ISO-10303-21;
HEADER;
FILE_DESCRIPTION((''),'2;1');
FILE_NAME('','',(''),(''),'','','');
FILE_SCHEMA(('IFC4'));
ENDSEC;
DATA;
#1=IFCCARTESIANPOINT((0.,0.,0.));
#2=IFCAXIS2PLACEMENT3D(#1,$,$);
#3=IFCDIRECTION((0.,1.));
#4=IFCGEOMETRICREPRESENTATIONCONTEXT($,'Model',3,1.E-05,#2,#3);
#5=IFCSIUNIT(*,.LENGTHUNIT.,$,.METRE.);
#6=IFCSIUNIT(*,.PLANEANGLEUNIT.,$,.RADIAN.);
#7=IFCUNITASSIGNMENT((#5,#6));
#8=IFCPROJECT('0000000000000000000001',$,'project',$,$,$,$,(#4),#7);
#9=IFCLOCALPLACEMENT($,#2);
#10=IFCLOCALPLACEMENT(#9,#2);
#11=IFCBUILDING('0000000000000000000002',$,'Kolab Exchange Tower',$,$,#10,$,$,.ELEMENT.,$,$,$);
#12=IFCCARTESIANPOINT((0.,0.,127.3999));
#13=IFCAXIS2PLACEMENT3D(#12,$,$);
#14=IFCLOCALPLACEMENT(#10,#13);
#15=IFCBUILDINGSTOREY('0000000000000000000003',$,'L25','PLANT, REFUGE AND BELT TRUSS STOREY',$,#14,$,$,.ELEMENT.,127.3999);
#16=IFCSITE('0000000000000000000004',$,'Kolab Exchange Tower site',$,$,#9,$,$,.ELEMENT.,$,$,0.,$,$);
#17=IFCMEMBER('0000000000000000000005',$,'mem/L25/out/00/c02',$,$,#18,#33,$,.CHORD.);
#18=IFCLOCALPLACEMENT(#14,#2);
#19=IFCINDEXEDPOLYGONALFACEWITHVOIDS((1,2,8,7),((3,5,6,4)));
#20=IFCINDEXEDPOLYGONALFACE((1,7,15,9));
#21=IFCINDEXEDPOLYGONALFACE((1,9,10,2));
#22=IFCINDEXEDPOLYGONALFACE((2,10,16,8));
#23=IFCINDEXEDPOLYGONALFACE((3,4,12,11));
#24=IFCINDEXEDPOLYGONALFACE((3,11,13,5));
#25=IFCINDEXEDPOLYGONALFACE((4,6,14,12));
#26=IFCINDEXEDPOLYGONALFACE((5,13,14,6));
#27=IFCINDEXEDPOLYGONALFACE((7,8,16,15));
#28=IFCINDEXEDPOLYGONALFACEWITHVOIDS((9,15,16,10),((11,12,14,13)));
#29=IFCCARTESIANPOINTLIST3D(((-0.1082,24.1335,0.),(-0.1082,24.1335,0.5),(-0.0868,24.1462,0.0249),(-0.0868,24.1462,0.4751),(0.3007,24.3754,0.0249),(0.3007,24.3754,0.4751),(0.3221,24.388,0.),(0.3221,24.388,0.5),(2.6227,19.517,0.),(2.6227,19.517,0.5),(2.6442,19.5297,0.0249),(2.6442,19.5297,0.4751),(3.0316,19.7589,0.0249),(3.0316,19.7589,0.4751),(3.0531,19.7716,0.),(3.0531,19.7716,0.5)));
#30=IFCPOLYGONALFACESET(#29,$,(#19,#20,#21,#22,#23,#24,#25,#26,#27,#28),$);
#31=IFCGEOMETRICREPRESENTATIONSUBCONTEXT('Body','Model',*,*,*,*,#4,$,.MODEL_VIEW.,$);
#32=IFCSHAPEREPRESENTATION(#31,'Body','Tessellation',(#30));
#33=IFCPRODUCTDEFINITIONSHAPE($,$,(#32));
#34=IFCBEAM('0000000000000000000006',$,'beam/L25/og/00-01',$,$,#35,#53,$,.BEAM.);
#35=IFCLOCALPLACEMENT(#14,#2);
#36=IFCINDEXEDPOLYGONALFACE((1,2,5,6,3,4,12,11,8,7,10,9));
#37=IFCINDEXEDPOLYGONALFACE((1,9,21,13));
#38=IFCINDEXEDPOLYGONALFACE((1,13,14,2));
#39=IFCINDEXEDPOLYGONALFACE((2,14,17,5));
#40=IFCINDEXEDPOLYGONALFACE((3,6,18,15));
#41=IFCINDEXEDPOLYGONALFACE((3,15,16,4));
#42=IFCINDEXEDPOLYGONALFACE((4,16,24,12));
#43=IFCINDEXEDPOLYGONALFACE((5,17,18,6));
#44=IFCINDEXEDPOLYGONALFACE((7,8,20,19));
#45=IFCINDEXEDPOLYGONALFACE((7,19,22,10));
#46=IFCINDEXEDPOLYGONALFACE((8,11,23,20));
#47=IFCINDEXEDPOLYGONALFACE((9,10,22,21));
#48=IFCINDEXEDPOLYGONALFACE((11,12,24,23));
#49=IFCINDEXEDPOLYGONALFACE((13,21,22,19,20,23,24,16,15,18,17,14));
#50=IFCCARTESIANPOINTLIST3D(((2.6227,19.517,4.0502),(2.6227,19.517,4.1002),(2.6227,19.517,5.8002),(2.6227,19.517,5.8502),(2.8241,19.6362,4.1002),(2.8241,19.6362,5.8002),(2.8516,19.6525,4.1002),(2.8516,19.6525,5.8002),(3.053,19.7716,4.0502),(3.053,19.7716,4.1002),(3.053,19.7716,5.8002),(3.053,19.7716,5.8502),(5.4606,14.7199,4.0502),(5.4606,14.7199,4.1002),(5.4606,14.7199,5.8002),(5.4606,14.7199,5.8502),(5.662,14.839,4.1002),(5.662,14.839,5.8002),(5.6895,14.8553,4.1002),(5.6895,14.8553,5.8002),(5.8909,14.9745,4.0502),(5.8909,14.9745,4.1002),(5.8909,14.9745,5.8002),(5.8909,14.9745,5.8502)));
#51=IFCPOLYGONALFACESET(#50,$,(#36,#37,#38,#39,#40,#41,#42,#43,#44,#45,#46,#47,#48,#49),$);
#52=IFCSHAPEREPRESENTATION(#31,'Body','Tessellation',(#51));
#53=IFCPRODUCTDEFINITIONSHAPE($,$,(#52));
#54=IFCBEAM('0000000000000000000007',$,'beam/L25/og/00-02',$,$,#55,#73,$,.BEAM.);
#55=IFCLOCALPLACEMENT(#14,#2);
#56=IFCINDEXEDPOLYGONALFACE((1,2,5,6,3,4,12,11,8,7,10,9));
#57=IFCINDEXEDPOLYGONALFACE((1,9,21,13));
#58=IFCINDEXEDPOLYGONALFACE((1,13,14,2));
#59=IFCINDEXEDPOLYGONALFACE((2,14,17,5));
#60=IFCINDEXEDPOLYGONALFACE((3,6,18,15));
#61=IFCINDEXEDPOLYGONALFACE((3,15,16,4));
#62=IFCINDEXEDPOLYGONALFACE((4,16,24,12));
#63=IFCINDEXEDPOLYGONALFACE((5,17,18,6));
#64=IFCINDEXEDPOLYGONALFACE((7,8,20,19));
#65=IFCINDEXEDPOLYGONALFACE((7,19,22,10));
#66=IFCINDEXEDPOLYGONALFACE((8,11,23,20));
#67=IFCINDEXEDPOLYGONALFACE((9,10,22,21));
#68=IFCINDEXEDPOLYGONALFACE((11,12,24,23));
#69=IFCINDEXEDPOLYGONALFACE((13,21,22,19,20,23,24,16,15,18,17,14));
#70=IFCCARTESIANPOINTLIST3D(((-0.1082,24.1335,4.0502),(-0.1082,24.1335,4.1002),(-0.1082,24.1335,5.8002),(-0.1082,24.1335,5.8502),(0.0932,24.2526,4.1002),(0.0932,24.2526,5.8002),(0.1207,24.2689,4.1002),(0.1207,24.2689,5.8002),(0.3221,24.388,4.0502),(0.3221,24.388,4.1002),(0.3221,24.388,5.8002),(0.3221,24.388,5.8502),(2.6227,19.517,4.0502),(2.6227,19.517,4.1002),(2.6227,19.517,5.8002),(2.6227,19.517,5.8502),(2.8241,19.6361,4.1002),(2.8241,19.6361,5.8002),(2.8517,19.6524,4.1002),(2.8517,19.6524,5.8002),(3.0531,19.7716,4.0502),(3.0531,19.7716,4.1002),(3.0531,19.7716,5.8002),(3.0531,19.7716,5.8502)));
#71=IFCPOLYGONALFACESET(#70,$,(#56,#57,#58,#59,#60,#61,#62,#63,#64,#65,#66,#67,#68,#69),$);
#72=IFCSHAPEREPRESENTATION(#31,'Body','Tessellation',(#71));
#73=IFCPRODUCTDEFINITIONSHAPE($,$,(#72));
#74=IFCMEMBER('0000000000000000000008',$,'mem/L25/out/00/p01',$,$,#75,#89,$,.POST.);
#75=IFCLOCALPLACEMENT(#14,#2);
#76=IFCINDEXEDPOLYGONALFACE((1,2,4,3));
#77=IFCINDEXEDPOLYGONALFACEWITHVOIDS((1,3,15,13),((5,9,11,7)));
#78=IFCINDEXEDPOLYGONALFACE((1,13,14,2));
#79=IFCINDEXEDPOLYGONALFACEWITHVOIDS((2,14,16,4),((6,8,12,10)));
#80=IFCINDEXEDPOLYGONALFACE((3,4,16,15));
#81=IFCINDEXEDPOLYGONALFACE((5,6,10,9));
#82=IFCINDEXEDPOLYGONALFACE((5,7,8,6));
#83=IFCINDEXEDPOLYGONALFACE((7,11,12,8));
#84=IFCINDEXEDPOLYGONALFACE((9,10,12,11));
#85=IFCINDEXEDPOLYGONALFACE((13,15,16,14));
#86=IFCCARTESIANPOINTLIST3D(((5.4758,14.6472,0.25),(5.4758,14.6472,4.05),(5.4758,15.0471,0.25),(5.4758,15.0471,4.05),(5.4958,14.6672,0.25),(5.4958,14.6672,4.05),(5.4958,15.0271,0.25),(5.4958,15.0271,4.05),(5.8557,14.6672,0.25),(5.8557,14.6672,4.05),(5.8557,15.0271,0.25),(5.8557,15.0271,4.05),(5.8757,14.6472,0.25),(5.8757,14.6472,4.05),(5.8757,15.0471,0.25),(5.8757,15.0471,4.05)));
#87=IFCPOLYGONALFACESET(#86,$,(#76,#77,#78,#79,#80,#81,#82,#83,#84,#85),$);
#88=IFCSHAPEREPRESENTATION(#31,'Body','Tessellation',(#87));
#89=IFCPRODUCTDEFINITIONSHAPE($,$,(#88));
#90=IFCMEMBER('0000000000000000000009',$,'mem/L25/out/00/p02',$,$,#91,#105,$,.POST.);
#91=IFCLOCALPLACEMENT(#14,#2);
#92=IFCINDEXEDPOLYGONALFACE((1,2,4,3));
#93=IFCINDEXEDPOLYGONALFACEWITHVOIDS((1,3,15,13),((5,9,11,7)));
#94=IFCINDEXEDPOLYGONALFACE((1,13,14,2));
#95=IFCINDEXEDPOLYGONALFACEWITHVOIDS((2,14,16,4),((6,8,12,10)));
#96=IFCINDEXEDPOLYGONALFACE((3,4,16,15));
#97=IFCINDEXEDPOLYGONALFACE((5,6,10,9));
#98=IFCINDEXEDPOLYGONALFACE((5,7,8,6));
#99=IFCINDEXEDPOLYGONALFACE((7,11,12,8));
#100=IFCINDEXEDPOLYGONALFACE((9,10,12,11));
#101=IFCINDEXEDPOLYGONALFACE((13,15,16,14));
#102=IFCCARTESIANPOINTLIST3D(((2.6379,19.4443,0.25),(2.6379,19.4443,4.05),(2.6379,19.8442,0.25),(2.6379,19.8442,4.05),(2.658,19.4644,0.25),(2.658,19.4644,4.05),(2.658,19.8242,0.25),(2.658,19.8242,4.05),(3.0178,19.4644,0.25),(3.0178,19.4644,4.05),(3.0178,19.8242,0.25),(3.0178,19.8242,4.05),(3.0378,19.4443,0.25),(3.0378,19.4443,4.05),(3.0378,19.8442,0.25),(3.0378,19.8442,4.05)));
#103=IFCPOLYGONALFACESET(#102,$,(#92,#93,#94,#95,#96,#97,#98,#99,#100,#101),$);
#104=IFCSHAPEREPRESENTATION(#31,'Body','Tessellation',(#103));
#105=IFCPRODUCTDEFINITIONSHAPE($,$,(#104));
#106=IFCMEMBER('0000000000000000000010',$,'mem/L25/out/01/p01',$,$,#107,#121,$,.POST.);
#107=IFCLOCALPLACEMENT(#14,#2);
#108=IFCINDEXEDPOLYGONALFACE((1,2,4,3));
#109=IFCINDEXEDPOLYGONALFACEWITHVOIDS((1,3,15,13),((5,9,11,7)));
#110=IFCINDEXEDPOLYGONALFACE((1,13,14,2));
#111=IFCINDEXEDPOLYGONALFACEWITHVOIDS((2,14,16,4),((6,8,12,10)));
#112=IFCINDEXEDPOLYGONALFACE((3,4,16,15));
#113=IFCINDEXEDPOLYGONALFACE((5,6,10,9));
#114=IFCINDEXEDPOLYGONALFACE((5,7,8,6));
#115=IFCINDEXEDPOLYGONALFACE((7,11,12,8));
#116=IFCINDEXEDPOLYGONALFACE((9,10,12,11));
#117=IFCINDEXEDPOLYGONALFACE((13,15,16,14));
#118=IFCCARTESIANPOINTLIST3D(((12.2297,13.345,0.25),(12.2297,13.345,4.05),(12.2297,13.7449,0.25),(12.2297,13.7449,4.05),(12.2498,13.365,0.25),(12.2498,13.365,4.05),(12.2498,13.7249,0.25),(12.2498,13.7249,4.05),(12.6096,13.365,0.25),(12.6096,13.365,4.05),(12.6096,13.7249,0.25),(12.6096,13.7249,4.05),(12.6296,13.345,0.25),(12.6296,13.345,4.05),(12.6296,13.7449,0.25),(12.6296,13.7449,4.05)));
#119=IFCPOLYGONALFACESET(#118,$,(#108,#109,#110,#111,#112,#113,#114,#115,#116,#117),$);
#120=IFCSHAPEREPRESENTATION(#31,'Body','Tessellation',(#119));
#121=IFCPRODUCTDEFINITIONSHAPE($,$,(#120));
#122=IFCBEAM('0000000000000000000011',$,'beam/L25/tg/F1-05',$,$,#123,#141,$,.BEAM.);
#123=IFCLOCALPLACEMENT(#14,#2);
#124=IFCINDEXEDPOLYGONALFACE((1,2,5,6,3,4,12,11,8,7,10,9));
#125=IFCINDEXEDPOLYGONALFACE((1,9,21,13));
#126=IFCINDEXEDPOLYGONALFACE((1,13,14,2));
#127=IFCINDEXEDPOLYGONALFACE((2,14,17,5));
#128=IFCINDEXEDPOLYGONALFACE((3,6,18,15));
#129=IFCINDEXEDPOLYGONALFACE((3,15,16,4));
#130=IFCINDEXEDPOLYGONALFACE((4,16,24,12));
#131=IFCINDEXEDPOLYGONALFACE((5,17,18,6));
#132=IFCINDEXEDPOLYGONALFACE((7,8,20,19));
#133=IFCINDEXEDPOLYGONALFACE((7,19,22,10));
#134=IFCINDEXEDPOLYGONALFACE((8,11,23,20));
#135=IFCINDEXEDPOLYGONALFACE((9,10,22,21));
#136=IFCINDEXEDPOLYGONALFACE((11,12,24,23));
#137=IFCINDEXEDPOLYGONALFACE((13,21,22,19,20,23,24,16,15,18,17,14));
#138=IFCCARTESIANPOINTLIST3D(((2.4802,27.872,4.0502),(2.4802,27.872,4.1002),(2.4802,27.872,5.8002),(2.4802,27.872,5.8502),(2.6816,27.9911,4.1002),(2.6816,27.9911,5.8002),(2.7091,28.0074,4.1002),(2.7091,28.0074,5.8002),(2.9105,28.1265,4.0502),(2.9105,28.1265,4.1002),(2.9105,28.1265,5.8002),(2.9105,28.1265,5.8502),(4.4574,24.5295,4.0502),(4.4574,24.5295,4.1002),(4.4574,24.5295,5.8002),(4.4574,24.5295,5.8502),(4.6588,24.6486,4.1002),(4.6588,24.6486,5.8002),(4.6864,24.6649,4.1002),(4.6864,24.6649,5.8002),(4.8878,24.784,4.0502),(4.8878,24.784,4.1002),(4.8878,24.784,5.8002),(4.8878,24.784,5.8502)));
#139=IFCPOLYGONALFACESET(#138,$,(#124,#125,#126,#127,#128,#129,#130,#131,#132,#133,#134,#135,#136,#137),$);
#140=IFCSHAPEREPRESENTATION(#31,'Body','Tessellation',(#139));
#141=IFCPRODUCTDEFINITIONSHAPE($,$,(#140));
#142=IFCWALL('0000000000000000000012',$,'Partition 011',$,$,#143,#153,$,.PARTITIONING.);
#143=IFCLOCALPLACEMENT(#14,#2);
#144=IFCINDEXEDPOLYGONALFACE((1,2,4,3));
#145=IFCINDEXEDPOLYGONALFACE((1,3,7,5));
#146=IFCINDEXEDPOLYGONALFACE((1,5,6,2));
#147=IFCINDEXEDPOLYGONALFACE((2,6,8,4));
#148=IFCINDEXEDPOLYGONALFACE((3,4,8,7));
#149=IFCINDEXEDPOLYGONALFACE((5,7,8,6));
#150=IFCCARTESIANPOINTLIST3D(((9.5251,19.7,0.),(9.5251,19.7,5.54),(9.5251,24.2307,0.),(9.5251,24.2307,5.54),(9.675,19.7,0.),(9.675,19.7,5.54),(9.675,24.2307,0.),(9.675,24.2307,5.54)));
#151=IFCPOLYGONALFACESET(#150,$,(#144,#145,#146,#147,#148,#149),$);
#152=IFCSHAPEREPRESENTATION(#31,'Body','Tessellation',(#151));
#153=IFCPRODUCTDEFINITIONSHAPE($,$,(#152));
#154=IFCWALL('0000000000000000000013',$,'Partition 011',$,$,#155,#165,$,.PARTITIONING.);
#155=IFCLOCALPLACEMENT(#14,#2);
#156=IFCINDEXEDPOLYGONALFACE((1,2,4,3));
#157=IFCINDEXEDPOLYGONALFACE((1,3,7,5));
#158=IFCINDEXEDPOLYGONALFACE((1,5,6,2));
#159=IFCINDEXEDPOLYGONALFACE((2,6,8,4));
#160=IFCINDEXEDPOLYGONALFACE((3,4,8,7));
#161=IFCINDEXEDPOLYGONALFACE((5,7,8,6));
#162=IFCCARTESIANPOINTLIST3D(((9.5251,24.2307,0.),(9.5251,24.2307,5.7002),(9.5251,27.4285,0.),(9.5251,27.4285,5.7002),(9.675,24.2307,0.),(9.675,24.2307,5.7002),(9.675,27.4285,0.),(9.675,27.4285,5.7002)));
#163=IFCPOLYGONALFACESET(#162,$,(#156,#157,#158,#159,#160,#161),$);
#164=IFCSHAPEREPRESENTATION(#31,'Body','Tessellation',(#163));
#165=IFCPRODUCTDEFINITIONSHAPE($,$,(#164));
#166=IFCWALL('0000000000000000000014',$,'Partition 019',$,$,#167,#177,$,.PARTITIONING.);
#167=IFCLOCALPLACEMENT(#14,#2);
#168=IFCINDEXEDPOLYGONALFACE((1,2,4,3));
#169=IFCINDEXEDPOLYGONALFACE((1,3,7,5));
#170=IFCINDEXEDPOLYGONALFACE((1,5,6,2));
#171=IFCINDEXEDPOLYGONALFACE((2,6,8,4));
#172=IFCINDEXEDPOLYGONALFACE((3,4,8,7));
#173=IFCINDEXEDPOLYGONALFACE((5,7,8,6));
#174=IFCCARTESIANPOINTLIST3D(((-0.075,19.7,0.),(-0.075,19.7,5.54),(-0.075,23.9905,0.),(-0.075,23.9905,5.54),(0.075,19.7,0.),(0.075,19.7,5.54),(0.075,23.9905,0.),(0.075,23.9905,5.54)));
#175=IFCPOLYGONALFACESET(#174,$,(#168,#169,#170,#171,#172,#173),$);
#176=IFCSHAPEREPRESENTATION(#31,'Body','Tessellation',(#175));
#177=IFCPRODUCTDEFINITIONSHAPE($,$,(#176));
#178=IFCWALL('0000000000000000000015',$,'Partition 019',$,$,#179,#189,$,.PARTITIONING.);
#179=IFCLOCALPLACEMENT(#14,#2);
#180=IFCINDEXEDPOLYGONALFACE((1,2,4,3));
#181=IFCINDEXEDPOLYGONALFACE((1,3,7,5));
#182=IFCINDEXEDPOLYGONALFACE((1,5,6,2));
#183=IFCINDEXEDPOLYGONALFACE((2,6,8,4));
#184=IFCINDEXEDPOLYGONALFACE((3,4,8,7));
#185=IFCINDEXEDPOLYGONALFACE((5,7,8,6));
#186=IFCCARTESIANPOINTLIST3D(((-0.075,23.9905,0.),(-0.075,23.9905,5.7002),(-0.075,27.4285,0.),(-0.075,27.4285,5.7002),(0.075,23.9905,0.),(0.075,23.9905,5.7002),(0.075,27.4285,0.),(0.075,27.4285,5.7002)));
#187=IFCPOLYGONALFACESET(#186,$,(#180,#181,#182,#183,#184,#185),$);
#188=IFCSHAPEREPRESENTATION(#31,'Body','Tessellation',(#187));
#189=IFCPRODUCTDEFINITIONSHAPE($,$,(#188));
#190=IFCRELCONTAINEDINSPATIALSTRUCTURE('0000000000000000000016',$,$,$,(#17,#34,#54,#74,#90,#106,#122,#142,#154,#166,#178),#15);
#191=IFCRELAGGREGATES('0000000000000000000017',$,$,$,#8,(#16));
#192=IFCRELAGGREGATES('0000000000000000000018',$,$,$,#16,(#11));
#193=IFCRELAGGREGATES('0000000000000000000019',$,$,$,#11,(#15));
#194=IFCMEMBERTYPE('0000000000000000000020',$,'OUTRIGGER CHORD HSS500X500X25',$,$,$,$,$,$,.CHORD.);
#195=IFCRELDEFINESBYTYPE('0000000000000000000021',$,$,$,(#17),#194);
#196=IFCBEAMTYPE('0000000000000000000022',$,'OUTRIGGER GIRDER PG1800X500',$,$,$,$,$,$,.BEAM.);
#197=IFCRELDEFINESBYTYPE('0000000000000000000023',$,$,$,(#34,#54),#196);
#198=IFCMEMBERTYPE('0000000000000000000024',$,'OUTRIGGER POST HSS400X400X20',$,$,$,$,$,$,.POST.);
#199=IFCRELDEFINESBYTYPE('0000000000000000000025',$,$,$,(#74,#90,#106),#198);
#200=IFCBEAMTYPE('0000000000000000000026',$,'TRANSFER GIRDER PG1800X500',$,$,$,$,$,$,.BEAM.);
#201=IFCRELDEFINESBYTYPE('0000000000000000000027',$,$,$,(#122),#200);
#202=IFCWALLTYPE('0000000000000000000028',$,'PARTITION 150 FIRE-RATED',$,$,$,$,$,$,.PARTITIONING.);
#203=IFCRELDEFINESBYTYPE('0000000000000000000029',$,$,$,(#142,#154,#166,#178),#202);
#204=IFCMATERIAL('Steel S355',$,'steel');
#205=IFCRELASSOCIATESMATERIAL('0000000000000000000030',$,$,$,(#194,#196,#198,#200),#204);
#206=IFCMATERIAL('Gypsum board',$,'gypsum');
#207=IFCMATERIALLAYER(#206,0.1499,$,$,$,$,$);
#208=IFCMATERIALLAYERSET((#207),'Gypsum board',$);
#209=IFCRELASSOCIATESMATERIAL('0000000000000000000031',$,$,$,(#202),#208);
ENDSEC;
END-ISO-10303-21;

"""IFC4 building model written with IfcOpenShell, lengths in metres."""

from ifc_helpers import new_model, si_unit, direction, frame, frame_2d, origin, origin_2d, place, context, subcontext, project, spatial, rectangle, hollow_rectangle, i_section, extrude, material, layer, layer_set, material_profile, profile_set, type_object, element, save


model = new_model("IFC4")

# Units and contexts
model_context = context("Model", 3, precision=1e-05, world=origin(), true_north=direction((0.0, 1.0)))
body_context = subcontext(model_context, "Body", "Model", "MODEL_VIEW")
ifc_project = project(units=[si_unit("LENGTHUNIT", "METRE"), si_unit("PLANEANGLEUNIT", "RADIAN")], contexts=[model_context])

# Site, building, storey
site_placement = place(None, origin())
site = spatial("IfcSite", under=ifc_project, at=site_placement, Name="Kolab Exchange Tower site", CompositionType="ELEMENT", RefElevation=0.0)
building_placement = place(site_placement, origin())
building = spatial("IfcBuilding", under=site, at=building_placement, Name="Kolab Exchange Tower", CompositionType="ELEMENT")
storey_placement = place(building_placement, frame((0.0, 0.0, 127.3999)))
storey = spatial("IfcBuildingStorey", under=building, at=storey_placement, Name="L25", Description="PLANT, REFUGE AND BELT TRUSS STOREY", CompositionType="ELEMENT", Elevation=127.3999)

# Shared definitions
ifc_material_1 = material(Name="Steel S355", Category="steel")

# Member
ifc_material_profile_1 = material_profile(ifc_material_1, hollow_rectangle(XDim=0.5, YDim=0.5, WallThickness=0.0249, at=origin_2d()), Name="HSS500X500X25")
ifc_profile_set_1 = profile_set([ifc_material_profile_1], Name="Steel S355")
member_type_1 = type_object("IfcMemberType", Name="OUTRIGGER CHORD HSS500X500X25", PredefinedType="CHORD", material=ifc_profile_set_1)
member_1_placement = place(storey_placement, frame((2.8379, 19.6443, 0.25), z_axis=(-0.509151, 0.860677, 0.0), x_axis=(-0.860677, -0.509151, 0.0)))
element("IfcMember", 1, at=member_1_placement, inside=storey, type_object=member_type_1, Name="mem/L25/out/00/c02", PredefinedType="CHORD", context=body_context, shape_type="SweptSolid", body=[
    extrude(hollow_rectangle(XDim=0.5, YDim=0.5, WallThickness=0.0249, at=origin_2d()), origin(), (0.0, 0.0, 1.0), 5.3638),
])

# Beams
ifc_material_profile_2 = material_profile(ifc_material_1, i_section(OverallWidth=0.5, OverallDepth=1.8, WebThickness=0.032, FlangeThickness=0.05, at=origin_2d()), Name="PG1800X500")
ifc_profile_set_2 = profile_set([ifc_material_profile_2], Name="Steel S355")
beam_type_1 = type_object("IfcBeamType", Name="OUTRIGGER GIRDER PG1800X500", PredefinedType="BEAM", material=ifc_profile_set_2)
beam_1_placement = place(storey_placement, frame((5.6758, 14.8472, 4.9502), z_axis=(-0.509159, 0.860673, 0.0), x_axis=(-0.860673, -0.509159, 0.0)))
element("IfcBeam", 2, at=beam_1_placement, inside=storey, type_object=beam_type_1, Name="beam/L25/og/00-01", PredefinedType="BEAM", context=body_context, shape_type="SweptSolid", body=[
    extrude(i_section(OverallWidth=0.5, OverallDepth=1.8, WebThickness=0.032, FlangeThickness=0.05, at=origin_2d()), origin(), (0.0, 0.0, 1.0), 5.5737),
])
beam_2_placement = place(storey_placement, frame((2.8379, 19.6443, 4.9502), z_axis=(-0.509151, 0.860677, 0.0), x_axis=(-0.860677, -0.509151, 0.0)))
element("IfcBeam", 3, at=beam_2_placement, inside=storey, type_object=beam_type_1, Name="beam/L25/og/00-02", PredefinedType="BEAM", context=body_context, shape_type="SweptSolid", body=[
    extrude(i_section(OverallWidth=0.5, OverallDepth=1.8, WebThickness=0.032, FlangeThickness=0.05, at=origin_2d()), origin(), (0.0, 0.0, 1.0), 5.3638),
])

# Members
ifc_material_profile_3 = material_profile(ifc_material_1, hollow_rectangle(XDim=0.3999, YDim=0.3999, WallThickness=0.02, at=origin_2d()), Name="HSS400X400X20")
ifc_profile_set_3 = profile_set([ifc_material_profile_3], Name="Steel S355")
member_type_2 = type_object("IfcMemberType", Name="OUTRIGGER POST HSS400X400X20", PredefinedType="POST", material=ifc_profile_set_3)
for number, where, z_axis, x_axis, name in (
    (4, (5.6758, 14.8472, 0.25), (0.0, 0.0, 1.0), (1.0, 0.0, 0.0), "mem/L25/out/00/p01"),
    (5, (2.8379, 19.6443, 0.25), (0.0, 0.0, 1.0), (1.0, 0.0, 0.0), "mem/L25/out/00/p02"),
    (6, (12.4297, 13.5449, 0.25), (0.0, 0.0, 1.0), (1.0, 0.0, 0.0), "mem/L25/out/01/p01"),
):
    element("IfcMember", number, at=place(storey_placement, frame(where, z_axis=z_axis, x_axis=x_axis)), inside=storey, type_object=member_type_2, Name=name, PredefinedType="POST", context=body_context, shape_type="SweptSolid", body=[
        extrude(hollow_rectangle(XDim=0.3999, YDim=0.3999, WallThickness=0.02, at=origin_2d()), origin(), (0.0, 0.0, 1.0), 3.8),
    ])

# Beam
ifc_material_profile_4 = material_profile(ifc_material_1, i_section(OverallWidth=0.5, OverallDepth=1.8, WebThickness=0.032, FlangeThickness=0.05, at=origin_2d()), Name="PG1800X500")
ifc_profile_set_4 = profile_set([ifc_material_profile_4], Name="Steel S355")
beam_type_2 = type_object("IfcBeamType", Name="TRANSFER GIRDER PG1800X500", PredefinedType="BEAM", material=ifc_profile_set_4)
beam_3_placement = place(storey_placement, frame((4.6726, 24.6567, 4.9502), z_axis=(-0.509142, 0.860682, 0.0), x_axis=(-0.860682, -0.509142, 0.0)))
element("IfcBeam", 7, at=beam_3_placement, inside=storey, type_object=beam_type_2, Name="beam/L25/tg/F1-05", PredefinedType="BEAM", context=body_context, shape_type="SweptSolid", body=[
    extrude(i_section(OverallWidth=0.5, OverallDepth=1.8, WebThickness=0.032, FlangeThickness=0.05, at=origin_2d()), origin(), (0.0, 0.0, 1.0), 3.8835),
])

# Walls
ifc_material_2 = material(Name="Gypsum board", Category="gypsum")
ifc_layer = layer(ifc_material_2, 0.1499)
ifc_layer_set = layer_set([ifc_layer], Name="Gypsum board")
wall_type = type_object("IfcWallType", Name="PARTITION 150 FIRE-RATED", PredefinedType="PARTITIONING", material=ifc_layer_set)
wall_1_placement = place(storey_placement, frame((9.6001, 19.7, 0.0), z_axis=(0.0, 0.0, 1.0), x_axis=(0.0, 1.0, 0.0)))
element("IfcWall", 8, at=wall_1_placement, inside=storey, type_object=wall_type, Name="Partition 011", PredefinedType="PARTITIONING", context=body_context, shape_type="SweptSolid", body=[
    extrude(rectangle(XDim=4.5308, YDim=0.1499, at=frame_2d((2.2654, 0.0))), origin(), (0.0, 0.0, 1.0), 5.54),
])
wall_2_placement = place(storey_placement, frame((9.6001, 24.2307, 0.0), z_axis=(0.0, 0.0, 1.0), x_axis=(0.0, 1.0, 0.0)))
element("IfcWall", 9, at=wall_2_placement, inside=storey, type_object=wall_type, Name="Partition 011", PredefinedType="PARTITIONING", context=body_context, shape_type="SweptSolid", body=[
    extrude(rectangle(XDim=3.1978, YDim=0.1499, at=frame_2d((1.5989, 0.0))), origin(), (0.0, 0.0, 1.0), 5.7002),
])
wall_3_placement = place(storey_placement, frame((0.0, 19.7, 0.0), z_axis=(0.0, 0.0, 1.0), x_axis=(0.0, 1.0, 0.0)))
element("IfcWall", 10, at=wall_3_placement, inside=storey, type_object=wall_type, Name="Partition 019", PredefinedType="PARTITIONING", context=body_context, shape_type="SweptSolid", body=[
    extrude(rectangle(XDim=4.2905, YDim=0.1499, at=frame_2d((2.1453, 0.0))), origin(), (0.0, 0.0, 1.0), 5.54),
])
wall_4_placement = place(storey_placement, frame((0.0, 23.9905, 0.0), z_axis=(0.0, 0.0, 1.0), x_axis=(0.0, 1.0, 0.0)))
element("IfcWall", 11, at=wall_4_placement, inside=storey, type_object=wall_type, Name="Partition 019", PredefinedType="PARTITIONING", context=body_context, shape_type="SweptSolid", body=[
    extrude(rectangle(XDim=3.438, YDim=0.1499, at=frame_2d((1.719, 0.0))), origin(), (0.0, 0.0, 1.0), 5.7002),
])

save(model, "model.ifc")
